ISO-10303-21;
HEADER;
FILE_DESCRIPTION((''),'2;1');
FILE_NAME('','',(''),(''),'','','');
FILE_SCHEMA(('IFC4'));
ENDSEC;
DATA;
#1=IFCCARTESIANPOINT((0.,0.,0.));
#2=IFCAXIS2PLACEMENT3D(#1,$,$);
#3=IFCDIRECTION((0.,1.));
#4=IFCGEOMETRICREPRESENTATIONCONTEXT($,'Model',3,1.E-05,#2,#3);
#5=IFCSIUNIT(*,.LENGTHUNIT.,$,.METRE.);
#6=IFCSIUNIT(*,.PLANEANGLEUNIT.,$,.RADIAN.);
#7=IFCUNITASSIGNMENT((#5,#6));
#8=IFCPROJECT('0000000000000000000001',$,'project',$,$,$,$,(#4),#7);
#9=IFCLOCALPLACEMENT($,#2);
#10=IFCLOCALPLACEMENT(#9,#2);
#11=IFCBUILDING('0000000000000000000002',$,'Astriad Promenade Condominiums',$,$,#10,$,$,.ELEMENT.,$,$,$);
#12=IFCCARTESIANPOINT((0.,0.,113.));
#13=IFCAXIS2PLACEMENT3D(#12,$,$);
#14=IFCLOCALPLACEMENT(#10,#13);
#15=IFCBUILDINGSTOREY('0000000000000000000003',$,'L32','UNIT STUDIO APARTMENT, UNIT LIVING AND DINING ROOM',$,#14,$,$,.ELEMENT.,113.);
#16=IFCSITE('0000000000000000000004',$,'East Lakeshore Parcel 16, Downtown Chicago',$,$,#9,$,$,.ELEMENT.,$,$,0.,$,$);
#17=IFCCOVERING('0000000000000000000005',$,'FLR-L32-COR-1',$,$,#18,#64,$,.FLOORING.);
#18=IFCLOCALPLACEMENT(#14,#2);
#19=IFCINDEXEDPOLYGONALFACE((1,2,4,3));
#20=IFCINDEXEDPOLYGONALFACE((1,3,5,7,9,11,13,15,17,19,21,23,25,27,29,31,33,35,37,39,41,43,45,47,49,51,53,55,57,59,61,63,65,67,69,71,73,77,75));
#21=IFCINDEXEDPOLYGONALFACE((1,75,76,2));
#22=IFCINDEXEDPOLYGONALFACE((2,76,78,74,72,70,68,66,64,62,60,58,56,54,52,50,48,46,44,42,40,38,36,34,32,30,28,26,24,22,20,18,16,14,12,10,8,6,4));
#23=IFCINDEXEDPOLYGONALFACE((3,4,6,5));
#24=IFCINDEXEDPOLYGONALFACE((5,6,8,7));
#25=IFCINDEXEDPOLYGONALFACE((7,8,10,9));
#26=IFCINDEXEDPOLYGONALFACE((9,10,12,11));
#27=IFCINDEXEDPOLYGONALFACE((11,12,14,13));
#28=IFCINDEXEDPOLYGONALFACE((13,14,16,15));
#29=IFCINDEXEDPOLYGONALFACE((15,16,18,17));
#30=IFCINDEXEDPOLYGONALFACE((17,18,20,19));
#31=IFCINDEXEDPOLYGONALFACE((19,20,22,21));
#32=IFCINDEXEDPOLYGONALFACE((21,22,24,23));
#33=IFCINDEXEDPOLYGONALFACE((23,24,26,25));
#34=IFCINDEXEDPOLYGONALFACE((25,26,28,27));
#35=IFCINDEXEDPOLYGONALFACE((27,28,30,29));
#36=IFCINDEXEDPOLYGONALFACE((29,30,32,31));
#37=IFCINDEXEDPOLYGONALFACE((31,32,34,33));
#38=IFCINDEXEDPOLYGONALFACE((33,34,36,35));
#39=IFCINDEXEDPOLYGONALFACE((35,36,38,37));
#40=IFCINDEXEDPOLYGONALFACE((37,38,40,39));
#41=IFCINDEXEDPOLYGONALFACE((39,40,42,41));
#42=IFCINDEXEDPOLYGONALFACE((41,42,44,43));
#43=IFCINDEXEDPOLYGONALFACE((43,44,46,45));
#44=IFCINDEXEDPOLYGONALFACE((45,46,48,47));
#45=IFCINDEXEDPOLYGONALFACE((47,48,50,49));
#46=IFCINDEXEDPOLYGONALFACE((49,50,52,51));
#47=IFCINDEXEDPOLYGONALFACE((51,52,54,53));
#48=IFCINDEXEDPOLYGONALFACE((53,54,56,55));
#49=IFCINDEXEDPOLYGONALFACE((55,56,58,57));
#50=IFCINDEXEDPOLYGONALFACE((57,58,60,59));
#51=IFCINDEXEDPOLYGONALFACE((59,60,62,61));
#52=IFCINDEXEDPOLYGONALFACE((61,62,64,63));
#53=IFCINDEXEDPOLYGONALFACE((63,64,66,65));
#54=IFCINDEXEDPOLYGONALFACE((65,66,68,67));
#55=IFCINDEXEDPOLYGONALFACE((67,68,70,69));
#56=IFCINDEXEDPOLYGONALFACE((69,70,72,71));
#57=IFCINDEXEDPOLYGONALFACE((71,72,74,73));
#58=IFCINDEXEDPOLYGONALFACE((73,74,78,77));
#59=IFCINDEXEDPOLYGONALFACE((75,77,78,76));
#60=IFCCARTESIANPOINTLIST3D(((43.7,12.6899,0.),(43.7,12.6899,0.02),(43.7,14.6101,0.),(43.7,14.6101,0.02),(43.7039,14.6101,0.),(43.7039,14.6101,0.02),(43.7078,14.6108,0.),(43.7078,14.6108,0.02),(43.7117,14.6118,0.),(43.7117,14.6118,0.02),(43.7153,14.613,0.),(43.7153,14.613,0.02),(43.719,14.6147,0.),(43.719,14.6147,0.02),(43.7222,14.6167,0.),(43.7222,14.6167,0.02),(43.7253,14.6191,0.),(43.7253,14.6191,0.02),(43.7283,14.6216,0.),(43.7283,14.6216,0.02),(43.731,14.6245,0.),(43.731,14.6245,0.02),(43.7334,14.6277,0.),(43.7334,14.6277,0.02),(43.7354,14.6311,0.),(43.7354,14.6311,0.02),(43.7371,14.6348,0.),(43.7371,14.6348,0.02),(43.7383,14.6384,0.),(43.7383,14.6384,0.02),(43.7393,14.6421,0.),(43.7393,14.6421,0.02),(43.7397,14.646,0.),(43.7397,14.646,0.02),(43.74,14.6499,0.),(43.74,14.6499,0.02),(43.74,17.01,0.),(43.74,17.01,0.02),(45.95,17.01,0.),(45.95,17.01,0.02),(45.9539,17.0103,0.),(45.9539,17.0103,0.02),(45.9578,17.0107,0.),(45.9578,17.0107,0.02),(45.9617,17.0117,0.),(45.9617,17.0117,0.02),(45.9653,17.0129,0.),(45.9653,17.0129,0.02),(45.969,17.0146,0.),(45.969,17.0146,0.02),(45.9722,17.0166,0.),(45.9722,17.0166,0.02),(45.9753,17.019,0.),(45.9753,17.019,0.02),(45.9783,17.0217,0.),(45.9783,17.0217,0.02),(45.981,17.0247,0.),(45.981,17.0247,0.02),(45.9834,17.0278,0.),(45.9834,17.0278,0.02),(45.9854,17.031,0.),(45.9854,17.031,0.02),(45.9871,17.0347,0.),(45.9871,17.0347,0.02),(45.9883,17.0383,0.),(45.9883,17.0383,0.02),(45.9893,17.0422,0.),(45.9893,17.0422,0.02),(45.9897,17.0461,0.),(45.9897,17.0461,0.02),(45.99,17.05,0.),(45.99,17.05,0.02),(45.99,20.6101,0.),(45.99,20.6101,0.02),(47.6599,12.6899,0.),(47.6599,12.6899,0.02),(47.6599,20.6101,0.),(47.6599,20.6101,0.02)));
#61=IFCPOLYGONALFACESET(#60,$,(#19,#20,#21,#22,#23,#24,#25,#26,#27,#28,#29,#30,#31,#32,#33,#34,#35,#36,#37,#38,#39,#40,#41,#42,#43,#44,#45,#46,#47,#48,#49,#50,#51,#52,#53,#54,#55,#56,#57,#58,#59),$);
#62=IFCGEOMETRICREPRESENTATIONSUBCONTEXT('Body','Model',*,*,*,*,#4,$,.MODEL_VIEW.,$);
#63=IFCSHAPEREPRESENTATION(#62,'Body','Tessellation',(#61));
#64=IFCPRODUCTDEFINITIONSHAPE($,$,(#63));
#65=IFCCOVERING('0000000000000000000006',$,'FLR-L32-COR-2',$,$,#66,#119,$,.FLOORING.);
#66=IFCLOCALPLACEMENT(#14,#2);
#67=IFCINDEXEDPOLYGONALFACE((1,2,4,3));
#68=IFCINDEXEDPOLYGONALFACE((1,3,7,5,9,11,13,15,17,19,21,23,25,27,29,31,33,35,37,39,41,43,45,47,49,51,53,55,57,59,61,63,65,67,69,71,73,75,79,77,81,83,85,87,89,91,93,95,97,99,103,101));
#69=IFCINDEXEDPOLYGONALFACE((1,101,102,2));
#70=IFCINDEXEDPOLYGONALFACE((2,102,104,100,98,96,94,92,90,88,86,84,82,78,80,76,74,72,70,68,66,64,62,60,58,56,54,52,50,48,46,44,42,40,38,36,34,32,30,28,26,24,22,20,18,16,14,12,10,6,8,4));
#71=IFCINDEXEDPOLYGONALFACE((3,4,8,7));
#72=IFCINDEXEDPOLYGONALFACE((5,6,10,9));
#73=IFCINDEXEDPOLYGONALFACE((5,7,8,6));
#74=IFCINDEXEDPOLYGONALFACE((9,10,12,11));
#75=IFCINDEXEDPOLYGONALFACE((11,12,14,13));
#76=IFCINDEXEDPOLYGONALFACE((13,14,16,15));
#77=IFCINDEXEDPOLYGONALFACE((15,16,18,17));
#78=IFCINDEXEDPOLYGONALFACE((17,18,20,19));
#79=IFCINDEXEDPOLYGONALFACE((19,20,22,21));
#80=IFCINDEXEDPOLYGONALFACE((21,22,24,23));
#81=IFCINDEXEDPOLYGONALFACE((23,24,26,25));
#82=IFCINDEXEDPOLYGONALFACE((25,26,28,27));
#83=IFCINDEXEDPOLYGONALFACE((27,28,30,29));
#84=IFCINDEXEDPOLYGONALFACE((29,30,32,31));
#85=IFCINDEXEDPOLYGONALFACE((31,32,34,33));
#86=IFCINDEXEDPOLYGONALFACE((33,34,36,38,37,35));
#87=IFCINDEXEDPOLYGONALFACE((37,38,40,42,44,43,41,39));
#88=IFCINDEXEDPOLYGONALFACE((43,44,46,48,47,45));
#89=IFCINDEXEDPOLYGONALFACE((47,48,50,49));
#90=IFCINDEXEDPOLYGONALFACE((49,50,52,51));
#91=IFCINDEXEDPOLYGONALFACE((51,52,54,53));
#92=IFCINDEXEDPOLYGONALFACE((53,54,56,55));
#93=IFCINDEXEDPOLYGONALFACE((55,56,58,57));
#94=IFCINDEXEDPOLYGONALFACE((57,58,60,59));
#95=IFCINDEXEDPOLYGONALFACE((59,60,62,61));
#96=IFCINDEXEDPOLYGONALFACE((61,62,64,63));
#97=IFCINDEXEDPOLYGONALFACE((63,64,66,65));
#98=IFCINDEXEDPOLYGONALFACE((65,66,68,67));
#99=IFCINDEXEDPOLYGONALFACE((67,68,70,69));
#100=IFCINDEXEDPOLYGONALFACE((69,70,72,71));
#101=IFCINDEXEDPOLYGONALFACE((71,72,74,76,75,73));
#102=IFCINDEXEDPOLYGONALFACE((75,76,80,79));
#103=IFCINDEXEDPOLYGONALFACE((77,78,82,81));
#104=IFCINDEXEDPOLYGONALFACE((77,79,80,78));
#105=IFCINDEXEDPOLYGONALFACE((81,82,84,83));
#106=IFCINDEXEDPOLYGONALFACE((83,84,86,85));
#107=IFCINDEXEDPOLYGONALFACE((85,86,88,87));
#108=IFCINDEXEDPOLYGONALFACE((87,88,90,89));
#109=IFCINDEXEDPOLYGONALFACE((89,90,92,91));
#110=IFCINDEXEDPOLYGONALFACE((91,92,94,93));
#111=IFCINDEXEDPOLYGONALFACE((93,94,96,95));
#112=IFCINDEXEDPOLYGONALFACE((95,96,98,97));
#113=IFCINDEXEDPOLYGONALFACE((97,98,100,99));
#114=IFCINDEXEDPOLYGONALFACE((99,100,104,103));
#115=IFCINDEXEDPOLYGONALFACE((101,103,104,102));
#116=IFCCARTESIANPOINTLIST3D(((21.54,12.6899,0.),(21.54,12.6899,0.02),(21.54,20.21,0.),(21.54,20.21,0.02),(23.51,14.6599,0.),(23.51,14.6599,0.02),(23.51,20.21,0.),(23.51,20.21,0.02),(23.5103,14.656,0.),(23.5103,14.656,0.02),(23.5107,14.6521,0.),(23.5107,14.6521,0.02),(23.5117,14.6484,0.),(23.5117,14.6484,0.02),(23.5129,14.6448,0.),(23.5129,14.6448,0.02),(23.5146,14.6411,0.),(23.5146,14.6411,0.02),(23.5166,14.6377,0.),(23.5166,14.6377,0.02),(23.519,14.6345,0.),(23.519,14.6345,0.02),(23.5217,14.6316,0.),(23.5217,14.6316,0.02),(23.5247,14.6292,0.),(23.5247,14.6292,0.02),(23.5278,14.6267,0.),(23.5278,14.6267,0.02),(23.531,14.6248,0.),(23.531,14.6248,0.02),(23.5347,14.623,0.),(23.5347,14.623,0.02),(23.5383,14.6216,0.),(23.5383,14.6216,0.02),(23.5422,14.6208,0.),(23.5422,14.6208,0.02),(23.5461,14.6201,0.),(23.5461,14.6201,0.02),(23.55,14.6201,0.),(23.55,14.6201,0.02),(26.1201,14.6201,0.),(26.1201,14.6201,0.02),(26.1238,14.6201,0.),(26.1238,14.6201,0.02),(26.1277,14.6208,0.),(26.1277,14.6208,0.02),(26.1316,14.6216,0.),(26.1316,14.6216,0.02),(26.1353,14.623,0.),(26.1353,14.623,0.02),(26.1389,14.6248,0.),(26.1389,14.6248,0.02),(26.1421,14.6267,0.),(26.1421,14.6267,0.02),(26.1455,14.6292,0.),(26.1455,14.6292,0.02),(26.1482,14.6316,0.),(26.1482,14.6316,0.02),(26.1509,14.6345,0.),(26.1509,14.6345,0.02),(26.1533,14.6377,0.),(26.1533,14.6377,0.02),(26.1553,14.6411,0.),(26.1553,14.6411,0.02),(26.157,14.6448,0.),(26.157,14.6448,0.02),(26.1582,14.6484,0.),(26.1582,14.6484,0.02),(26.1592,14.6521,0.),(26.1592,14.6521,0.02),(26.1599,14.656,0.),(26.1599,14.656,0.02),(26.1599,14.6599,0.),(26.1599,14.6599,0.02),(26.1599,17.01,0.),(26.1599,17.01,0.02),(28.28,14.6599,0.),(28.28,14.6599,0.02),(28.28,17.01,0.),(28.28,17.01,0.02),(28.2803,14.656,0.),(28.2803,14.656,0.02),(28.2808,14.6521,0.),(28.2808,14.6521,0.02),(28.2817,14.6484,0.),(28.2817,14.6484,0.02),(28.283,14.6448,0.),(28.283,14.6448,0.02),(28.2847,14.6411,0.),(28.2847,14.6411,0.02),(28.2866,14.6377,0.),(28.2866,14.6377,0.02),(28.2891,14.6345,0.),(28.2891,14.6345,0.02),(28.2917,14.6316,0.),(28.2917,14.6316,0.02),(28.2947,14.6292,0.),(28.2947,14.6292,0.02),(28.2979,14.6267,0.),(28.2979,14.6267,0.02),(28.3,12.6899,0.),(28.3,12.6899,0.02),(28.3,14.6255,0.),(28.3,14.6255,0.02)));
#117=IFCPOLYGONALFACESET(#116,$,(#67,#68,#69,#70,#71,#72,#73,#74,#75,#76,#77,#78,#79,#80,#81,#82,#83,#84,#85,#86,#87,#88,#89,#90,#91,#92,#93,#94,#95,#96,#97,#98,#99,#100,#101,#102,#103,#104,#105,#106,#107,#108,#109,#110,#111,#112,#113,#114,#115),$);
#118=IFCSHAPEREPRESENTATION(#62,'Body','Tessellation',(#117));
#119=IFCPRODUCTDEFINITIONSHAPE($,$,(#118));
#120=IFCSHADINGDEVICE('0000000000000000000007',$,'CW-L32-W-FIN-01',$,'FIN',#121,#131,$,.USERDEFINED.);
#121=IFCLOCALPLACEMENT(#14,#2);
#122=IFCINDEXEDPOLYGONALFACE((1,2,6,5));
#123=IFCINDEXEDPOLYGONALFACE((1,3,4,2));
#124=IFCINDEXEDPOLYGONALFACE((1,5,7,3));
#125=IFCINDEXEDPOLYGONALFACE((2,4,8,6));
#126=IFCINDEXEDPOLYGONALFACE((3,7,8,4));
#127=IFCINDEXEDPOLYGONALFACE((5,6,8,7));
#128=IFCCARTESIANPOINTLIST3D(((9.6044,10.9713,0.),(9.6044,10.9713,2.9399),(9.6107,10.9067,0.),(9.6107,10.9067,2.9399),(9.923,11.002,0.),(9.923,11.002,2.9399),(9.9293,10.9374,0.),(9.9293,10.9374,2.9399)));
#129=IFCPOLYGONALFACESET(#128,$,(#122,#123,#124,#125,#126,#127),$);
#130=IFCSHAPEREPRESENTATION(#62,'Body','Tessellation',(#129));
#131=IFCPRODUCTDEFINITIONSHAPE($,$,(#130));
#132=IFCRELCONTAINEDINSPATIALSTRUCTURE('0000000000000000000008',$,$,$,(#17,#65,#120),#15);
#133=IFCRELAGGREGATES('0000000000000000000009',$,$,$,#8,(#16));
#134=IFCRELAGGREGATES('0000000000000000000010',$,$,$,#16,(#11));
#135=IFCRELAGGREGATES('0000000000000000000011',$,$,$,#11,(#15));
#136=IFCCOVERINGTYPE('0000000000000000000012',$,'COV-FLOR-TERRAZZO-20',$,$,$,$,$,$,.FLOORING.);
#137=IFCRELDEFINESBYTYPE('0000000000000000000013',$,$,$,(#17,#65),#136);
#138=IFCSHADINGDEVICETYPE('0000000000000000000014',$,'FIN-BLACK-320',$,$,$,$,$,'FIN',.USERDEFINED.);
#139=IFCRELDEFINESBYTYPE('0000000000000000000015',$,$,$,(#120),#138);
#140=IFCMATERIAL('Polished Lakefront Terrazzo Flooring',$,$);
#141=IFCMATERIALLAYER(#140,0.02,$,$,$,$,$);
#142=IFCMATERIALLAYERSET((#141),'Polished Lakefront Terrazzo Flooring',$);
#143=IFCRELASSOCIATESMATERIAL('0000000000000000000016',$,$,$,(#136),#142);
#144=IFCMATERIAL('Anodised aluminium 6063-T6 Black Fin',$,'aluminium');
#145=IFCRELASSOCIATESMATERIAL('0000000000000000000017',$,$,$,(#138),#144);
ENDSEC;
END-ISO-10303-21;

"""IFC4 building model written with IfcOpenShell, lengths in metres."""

from ifc_helpers import new_model, si_unit, direction, frame, origin, origin_2d, place, context, subcontext, project, spatial, polyline, rectangle, outline, extrude, source, transform, mapped, material, layer, layer_set, type_object, type_shapes, element, save


model = new_model("IFC4")

# Units and contexts
model_context = context("Model", 3, precision=1e-05, world=origin(), true_north=direction((0.0, 1.0)))
body_context = subcontext(model_context, "Body", "Model", "MODEL_VIEW")
ifc_project = project(units=[si_unit("LENGTHUNIT", "METRE"), si_unit("PLANEANGLEUNIT", "RADIAN")], contexts=[model_context])

# Site, building, storey
site_placement = place(None, origin())
site = spatial("IfcSite", under=ifc_project, at=site_placement, Name="East Lakeshore Parcel 16, Downtown Chicago", CompositionType="ELEMENT", RefElevation=0.0)
building_placement = place(site_placement, origin())
building = spatial("IfcBuilding", under=site, at=building_placement, Name="Astriad Promenade Condominiums", CompositionType="ELEMENT")
storey_placement = place(building_placement, frame((0.0, 0.0, 113.0)))
storey = spatial("IfcBuildingStorey", under=building, at=storey_placement, Name="L32", Description="UNIT STUDIO APARTMENT, UNIT LIVING AND DINING ROOM", CompositionType="ELEMENT", Elevation=113.0)

# Coverings
ifc_material_1 = material(Name="Polished Lakefront Terrazzo Flooring")
ifc_layer_1 = layer(ifc_material_1, 0.02)
ifc_layer_set_1 = layer_set([ifc_layer_1], Name="Polished Lakefront Terrazzo Flooring")
covering_type = type_object("IfcCoveringType", Name="COV-FLOR-TERRAZZO-20", PredefinedType="FLOORING", material=ifc_layer_set_1)
covering_1_placement = place(storey_placement, origin())
element("IfcCovering", 1, at=covering_1_placement, inside=storey, type_object=covering_type, Name="FLR-L32-COR-1", PredefinedType="FLOORING", context=body_context, shape_type="SweptSolid", body=[
    extrude(outline(polyline([(43.7, 12.6899), (43.7, 14.6101), (43.7039, 14.6101), (43.7078, 14.6108), (43.7117, 14.6118), (43.7153, 14.613), (43.719, 14.6147), (43.7222, 14.6167), (43.7253, 14.6191), (43.7283, 14.6216), (43.731, 14.6245), (43.7334, 14.6277), (43.7354, 14.6311), (43.7371, 14.6348), (43.7383, 14.6384), (43.7393, 14.6421), (43.7397, 14.646), (43.74, 14.6499), (43.74, 17.01), (45.95, 17.01), (45.9539, 17.0103), (45.9578, 17.0107), (45.9617, 17.0117), (45.9653, 17.0129), (45.969, 17.0146), (45.9722, 17.0166), (45.9753, 17.019), (45.9783, 17.0217), (45.981, 17.0247), (45.9834, 17.0278), (45.9854, 17.031), (45.9871, 17.0347), (45.9883, 17.0383), (45.9893, 17.0422), (45.9897, 17.0461), (45.99, 17.05), (45.99, 20.6101), (47.6599, 20.6101), (47.6599, 12.6899), (43.7, 12.6899)])), origin(), (0.0, 0.0, 1.0), 0.02),
])
covering_2_placement = place(storey_placement, origin())
element("IfcCovering", 2, at=covering_2_placement, inside=storey, type_object=covering_type, Name="FLR-L32-COR-2", PredefinedType="FLOORING", context=body_context, shape_type="SweptSolid", body=[
    extrude(outline(polyline([(28.3, 12.6899), (21.54, 12.6899), (21.54, 20.21), (23.51, 20.21), (23.51, 14.6599), (23.5103, 14.656), (23.5107, 14.6521), (23.5117, 14.6484), (23.5129, 14.6448), (23.5146, 14.6411), (23.5166, 14.6377), (23.519, 14.6345), (23.5217, 14.6316), (23.5247, 14.6292), (23.5278, 14.6267), (23.531, 14.6248), (23.5347, 14.623), (23.5383, 14.6216), (23.5422, 14.6208), (23.5461, 14.6201), (23.55, 14.6201), (26.1201, 14.6201), (26.1238, 14.6201), (26.1277, 14.6208), (26.1316, 14.6216), (26.1353, 14.623), (26.1389, 14.6248), (26.1421, 14.6267), (26.1455, 14.6292), (26.1482, 14.6316), (26.1509, 14.6345), (26.1533, 14.6377), (26.1553, 14.6411), (26.157, 14.6448), (26.1582, 14.6484), (26.1592, 14.6521), (26.1599, 14.656), (26.1599, 14.6599), (26.1599, 17.01), (28.28, 17.01), (28.28, 14.6599), (28.2803, 14.656), (28.2808, 14.6521), (28.2817, 14.6484), (28.283, 14.6448), (28.2847, 14.6411), (28.2866, 14.6377), (28.2891, 14.6345), (28.2917, 14.6316), (28.2947, 14.6292), (28.2979, 14.6267), (28.3, 14.6255), (28.3, 12.6899)])), origin(), (0.0, 0.0, 1.0), 0.02),
])

# Shading device
ifc_material_2 = material(Name="Anodised aluminium 6063-T6 Black Fin", Category="aluminium")
shading_device_type = type_object("IfcShadingDeviceType", Name="FIN-BLACK-320", ElementType="FIN", PredefinedType="USERDEFINED", material=ifc_material_2)
shared_shape_1 = source(origin(), body_context, "Body", "SweptSolid", [
    extrude(rectangle(XDim=0.0649, YDim=0.3201, at=origin_2d()), origin(), (0.0, 0.0, 1.0), 2.9399),
])
type_shapes(shading_device_type, [shared_shape_1])
shading_device_placement = place(storey_placement, frame((9.7668, 10.9543, 0.0), z_axis=(0.0, 0.0, 1.0), x_axis=(-0.095846, 0.995396, 0.0)))
element("IfcShadingDevice", 3, at=shading_device_placement, inside=storey, type_object=shading_device_type, Name="CW-L32-W-FIN-01", ObjectType="FIN", PredefinedType="USERDEFINED", context=body_context, shape_type="MappedRepresentation", body=[
    mapped(shared_shape_1, transform((0.0, 0.0, 0.0), scale=1.0)),
])

save(model, "model.ifc")
